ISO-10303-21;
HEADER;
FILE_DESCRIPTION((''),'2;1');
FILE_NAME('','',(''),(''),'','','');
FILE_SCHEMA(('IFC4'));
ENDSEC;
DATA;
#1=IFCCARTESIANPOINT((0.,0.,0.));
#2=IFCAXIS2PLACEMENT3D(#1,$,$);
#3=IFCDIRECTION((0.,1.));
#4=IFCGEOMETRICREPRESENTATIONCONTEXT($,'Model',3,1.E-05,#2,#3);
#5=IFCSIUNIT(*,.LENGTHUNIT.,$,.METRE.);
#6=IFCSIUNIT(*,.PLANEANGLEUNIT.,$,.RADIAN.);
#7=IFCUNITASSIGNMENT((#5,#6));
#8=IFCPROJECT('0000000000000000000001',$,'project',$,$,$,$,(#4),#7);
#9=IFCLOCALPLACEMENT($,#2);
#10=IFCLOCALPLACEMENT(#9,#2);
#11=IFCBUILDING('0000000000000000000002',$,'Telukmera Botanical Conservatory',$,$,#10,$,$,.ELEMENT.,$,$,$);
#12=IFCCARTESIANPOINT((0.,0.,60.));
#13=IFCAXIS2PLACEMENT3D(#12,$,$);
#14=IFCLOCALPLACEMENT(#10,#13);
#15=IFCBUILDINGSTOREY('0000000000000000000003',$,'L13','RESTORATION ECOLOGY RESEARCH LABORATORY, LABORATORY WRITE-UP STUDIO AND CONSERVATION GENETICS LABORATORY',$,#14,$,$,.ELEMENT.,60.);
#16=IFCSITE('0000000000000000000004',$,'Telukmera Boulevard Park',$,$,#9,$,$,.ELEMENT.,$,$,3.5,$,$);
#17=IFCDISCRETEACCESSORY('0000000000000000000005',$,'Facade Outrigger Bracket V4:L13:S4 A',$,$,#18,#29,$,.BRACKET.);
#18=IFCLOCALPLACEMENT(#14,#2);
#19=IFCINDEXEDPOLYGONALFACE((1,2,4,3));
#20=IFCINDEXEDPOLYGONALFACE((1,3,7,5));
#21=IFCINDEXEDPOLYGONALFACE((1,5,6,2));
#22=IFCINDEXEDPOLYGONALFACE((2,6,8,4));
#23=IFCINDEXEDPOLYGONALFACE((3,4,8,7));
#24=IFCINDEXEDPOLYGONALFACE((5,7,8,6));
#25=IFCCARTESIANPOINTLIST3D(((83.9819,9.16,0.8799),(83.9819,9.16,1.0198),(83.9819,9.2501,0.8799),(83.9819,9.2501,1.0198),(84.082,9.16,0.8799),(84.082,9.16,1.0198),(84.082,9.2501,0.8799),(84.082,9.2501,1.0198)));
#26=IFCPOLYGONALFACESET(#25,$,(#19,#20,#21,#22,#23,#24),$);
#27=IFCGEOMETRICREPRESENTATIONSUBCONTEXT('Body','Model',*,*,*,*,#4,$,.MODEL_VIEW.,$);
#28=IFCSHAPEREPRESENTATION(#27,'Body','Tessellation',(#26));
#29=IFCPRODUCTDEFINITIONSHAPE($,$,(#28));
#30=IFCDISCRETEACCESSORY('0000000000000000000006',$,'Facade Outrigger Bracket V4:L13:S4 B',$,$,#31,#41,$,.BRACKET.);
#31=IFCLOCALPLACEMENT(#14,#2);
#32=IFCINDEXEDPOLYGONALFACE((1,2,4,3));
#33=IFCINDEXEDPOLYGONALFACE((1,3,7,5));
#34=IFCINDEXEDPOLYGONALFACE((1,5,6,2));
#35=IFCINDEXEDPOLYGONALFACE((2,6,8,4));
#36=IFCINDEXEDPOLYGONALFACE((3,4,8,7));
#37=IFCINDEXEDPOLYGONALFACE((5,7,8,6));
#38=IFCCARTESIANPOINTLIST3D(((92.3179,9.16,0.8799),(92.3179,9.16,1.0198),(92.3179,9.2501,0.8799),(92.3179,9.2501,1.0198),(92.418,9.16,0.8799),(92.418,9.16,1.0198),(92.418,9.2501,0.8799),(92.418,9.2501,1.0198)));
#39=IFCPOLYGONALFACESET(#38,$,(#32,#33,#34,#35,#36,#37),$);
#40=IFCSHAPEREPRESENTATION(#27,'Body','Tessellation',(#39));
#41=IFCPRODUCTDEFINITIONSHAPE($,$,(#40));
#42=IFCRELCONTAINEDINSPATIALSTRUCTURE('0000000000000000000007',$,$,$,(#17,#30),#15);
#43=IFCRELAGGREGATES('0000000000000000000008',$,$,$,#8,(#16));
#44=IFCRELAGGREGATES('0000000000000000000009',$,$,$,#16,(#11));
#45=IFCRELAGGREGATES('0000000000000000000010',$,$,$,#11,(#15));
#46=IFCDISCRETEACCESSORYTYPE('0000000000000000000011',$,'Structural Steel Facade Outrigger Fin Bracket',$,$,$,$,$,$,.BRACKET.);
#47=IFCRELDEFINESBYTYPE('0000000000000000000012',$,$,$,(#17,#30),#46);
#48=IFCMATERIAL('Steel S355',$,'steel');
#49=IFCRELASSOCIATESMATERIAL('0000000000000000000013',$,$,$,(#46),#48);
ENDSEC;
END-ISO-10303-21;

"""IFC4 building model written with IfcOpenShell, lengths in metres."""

from ifc_helpers import new_model, si_unit, direction, frame, origin, origin_2d, place, context, subcontext, project, spatial, rectangle, extrude, material, type_object, element, save


model = new_model("IFC4")

# Units and contexts
model_context = context("Model", 3, precision=1e-05, world=origin(), true_north=direction((0.0, 1.0)))
body_context = subcontext(model_context, "Body", "Model", "MODEL_VIEW")
ifc_project = project(units=[si_unit("LENGTHUNIT", "METRE"), si_unit("PLANEANGLEUNIT", "RADIAN")], contexts=[model_context])

# Site, building, storey
site_placement = place(None, origin())
site = spatial("IfcSite", under=ifc_project, at=site_placement, Name="Telukmera Boulevard Park", CompositionType="ELEMENT", RefElevation=3.5)
building_placement = place(site_placement, origin())
building = spatial("IfcBuilding", under=site, at=building_placement, Name="Telukmera Botanical Conservatory", CompositionType="ELEMENT")
storey_placement = place(building_placement, frame((0.0, 0.0, 60.0)))
storey = spatial("IfcBuildingStorey", under=building, at=storey_placement, Name="L13", Description="RESTORATION ECOLOGY RESEARCH LABORATORY, LABORATORY WRITE-UP STUDIO AND CONSERVATION GENETICS LABORATORY", CompositionType="ELEMENT", Elevation=60.0)

# Discrete accessories
ifc_material_1 = material(Name="Steel S355", Category="steel")
discrete_accessory_type = type_object("IfcDiscreteAccessoryType", Name="Structural Steel Facade Outrigger Fin Bracket", PredefinedType="BRACKET", material=ifc_material_1)
for number, where, z_axis, x_axis, name in (
    (1, (84.032, 9.2051, 0.8799), (0.0, 0.0, 1.0), (1.0, 0.0, 0.0), "Facade Outrigger Bracket V4:L13:S4 A"),
    (2, (92.3679, 9.2051, 0.8799), (0.0, 0.0, 1.0), (1.0, 0.0, 0.0), "Facade Outrigger Bracket V4:L13:S4 B"),
):
    element("IfcDiscreteAccessory", number, at=place(storey_placement, frame(where, z_axis=z_axis, x_axis=x_axis)), inside=storey, type_object=discrete_accessory_type, Name=name, PredefinedType="BRACKET", context=body_context, shape_type="SweptSolid", body=[
        extrude(rectangle(XDim=0.1001, YDim=0.0901, at=origin_2d()), origin(), (0.0, 0.0, 1.0), 0.1399),
    ])

save(model, "model.ifc")
